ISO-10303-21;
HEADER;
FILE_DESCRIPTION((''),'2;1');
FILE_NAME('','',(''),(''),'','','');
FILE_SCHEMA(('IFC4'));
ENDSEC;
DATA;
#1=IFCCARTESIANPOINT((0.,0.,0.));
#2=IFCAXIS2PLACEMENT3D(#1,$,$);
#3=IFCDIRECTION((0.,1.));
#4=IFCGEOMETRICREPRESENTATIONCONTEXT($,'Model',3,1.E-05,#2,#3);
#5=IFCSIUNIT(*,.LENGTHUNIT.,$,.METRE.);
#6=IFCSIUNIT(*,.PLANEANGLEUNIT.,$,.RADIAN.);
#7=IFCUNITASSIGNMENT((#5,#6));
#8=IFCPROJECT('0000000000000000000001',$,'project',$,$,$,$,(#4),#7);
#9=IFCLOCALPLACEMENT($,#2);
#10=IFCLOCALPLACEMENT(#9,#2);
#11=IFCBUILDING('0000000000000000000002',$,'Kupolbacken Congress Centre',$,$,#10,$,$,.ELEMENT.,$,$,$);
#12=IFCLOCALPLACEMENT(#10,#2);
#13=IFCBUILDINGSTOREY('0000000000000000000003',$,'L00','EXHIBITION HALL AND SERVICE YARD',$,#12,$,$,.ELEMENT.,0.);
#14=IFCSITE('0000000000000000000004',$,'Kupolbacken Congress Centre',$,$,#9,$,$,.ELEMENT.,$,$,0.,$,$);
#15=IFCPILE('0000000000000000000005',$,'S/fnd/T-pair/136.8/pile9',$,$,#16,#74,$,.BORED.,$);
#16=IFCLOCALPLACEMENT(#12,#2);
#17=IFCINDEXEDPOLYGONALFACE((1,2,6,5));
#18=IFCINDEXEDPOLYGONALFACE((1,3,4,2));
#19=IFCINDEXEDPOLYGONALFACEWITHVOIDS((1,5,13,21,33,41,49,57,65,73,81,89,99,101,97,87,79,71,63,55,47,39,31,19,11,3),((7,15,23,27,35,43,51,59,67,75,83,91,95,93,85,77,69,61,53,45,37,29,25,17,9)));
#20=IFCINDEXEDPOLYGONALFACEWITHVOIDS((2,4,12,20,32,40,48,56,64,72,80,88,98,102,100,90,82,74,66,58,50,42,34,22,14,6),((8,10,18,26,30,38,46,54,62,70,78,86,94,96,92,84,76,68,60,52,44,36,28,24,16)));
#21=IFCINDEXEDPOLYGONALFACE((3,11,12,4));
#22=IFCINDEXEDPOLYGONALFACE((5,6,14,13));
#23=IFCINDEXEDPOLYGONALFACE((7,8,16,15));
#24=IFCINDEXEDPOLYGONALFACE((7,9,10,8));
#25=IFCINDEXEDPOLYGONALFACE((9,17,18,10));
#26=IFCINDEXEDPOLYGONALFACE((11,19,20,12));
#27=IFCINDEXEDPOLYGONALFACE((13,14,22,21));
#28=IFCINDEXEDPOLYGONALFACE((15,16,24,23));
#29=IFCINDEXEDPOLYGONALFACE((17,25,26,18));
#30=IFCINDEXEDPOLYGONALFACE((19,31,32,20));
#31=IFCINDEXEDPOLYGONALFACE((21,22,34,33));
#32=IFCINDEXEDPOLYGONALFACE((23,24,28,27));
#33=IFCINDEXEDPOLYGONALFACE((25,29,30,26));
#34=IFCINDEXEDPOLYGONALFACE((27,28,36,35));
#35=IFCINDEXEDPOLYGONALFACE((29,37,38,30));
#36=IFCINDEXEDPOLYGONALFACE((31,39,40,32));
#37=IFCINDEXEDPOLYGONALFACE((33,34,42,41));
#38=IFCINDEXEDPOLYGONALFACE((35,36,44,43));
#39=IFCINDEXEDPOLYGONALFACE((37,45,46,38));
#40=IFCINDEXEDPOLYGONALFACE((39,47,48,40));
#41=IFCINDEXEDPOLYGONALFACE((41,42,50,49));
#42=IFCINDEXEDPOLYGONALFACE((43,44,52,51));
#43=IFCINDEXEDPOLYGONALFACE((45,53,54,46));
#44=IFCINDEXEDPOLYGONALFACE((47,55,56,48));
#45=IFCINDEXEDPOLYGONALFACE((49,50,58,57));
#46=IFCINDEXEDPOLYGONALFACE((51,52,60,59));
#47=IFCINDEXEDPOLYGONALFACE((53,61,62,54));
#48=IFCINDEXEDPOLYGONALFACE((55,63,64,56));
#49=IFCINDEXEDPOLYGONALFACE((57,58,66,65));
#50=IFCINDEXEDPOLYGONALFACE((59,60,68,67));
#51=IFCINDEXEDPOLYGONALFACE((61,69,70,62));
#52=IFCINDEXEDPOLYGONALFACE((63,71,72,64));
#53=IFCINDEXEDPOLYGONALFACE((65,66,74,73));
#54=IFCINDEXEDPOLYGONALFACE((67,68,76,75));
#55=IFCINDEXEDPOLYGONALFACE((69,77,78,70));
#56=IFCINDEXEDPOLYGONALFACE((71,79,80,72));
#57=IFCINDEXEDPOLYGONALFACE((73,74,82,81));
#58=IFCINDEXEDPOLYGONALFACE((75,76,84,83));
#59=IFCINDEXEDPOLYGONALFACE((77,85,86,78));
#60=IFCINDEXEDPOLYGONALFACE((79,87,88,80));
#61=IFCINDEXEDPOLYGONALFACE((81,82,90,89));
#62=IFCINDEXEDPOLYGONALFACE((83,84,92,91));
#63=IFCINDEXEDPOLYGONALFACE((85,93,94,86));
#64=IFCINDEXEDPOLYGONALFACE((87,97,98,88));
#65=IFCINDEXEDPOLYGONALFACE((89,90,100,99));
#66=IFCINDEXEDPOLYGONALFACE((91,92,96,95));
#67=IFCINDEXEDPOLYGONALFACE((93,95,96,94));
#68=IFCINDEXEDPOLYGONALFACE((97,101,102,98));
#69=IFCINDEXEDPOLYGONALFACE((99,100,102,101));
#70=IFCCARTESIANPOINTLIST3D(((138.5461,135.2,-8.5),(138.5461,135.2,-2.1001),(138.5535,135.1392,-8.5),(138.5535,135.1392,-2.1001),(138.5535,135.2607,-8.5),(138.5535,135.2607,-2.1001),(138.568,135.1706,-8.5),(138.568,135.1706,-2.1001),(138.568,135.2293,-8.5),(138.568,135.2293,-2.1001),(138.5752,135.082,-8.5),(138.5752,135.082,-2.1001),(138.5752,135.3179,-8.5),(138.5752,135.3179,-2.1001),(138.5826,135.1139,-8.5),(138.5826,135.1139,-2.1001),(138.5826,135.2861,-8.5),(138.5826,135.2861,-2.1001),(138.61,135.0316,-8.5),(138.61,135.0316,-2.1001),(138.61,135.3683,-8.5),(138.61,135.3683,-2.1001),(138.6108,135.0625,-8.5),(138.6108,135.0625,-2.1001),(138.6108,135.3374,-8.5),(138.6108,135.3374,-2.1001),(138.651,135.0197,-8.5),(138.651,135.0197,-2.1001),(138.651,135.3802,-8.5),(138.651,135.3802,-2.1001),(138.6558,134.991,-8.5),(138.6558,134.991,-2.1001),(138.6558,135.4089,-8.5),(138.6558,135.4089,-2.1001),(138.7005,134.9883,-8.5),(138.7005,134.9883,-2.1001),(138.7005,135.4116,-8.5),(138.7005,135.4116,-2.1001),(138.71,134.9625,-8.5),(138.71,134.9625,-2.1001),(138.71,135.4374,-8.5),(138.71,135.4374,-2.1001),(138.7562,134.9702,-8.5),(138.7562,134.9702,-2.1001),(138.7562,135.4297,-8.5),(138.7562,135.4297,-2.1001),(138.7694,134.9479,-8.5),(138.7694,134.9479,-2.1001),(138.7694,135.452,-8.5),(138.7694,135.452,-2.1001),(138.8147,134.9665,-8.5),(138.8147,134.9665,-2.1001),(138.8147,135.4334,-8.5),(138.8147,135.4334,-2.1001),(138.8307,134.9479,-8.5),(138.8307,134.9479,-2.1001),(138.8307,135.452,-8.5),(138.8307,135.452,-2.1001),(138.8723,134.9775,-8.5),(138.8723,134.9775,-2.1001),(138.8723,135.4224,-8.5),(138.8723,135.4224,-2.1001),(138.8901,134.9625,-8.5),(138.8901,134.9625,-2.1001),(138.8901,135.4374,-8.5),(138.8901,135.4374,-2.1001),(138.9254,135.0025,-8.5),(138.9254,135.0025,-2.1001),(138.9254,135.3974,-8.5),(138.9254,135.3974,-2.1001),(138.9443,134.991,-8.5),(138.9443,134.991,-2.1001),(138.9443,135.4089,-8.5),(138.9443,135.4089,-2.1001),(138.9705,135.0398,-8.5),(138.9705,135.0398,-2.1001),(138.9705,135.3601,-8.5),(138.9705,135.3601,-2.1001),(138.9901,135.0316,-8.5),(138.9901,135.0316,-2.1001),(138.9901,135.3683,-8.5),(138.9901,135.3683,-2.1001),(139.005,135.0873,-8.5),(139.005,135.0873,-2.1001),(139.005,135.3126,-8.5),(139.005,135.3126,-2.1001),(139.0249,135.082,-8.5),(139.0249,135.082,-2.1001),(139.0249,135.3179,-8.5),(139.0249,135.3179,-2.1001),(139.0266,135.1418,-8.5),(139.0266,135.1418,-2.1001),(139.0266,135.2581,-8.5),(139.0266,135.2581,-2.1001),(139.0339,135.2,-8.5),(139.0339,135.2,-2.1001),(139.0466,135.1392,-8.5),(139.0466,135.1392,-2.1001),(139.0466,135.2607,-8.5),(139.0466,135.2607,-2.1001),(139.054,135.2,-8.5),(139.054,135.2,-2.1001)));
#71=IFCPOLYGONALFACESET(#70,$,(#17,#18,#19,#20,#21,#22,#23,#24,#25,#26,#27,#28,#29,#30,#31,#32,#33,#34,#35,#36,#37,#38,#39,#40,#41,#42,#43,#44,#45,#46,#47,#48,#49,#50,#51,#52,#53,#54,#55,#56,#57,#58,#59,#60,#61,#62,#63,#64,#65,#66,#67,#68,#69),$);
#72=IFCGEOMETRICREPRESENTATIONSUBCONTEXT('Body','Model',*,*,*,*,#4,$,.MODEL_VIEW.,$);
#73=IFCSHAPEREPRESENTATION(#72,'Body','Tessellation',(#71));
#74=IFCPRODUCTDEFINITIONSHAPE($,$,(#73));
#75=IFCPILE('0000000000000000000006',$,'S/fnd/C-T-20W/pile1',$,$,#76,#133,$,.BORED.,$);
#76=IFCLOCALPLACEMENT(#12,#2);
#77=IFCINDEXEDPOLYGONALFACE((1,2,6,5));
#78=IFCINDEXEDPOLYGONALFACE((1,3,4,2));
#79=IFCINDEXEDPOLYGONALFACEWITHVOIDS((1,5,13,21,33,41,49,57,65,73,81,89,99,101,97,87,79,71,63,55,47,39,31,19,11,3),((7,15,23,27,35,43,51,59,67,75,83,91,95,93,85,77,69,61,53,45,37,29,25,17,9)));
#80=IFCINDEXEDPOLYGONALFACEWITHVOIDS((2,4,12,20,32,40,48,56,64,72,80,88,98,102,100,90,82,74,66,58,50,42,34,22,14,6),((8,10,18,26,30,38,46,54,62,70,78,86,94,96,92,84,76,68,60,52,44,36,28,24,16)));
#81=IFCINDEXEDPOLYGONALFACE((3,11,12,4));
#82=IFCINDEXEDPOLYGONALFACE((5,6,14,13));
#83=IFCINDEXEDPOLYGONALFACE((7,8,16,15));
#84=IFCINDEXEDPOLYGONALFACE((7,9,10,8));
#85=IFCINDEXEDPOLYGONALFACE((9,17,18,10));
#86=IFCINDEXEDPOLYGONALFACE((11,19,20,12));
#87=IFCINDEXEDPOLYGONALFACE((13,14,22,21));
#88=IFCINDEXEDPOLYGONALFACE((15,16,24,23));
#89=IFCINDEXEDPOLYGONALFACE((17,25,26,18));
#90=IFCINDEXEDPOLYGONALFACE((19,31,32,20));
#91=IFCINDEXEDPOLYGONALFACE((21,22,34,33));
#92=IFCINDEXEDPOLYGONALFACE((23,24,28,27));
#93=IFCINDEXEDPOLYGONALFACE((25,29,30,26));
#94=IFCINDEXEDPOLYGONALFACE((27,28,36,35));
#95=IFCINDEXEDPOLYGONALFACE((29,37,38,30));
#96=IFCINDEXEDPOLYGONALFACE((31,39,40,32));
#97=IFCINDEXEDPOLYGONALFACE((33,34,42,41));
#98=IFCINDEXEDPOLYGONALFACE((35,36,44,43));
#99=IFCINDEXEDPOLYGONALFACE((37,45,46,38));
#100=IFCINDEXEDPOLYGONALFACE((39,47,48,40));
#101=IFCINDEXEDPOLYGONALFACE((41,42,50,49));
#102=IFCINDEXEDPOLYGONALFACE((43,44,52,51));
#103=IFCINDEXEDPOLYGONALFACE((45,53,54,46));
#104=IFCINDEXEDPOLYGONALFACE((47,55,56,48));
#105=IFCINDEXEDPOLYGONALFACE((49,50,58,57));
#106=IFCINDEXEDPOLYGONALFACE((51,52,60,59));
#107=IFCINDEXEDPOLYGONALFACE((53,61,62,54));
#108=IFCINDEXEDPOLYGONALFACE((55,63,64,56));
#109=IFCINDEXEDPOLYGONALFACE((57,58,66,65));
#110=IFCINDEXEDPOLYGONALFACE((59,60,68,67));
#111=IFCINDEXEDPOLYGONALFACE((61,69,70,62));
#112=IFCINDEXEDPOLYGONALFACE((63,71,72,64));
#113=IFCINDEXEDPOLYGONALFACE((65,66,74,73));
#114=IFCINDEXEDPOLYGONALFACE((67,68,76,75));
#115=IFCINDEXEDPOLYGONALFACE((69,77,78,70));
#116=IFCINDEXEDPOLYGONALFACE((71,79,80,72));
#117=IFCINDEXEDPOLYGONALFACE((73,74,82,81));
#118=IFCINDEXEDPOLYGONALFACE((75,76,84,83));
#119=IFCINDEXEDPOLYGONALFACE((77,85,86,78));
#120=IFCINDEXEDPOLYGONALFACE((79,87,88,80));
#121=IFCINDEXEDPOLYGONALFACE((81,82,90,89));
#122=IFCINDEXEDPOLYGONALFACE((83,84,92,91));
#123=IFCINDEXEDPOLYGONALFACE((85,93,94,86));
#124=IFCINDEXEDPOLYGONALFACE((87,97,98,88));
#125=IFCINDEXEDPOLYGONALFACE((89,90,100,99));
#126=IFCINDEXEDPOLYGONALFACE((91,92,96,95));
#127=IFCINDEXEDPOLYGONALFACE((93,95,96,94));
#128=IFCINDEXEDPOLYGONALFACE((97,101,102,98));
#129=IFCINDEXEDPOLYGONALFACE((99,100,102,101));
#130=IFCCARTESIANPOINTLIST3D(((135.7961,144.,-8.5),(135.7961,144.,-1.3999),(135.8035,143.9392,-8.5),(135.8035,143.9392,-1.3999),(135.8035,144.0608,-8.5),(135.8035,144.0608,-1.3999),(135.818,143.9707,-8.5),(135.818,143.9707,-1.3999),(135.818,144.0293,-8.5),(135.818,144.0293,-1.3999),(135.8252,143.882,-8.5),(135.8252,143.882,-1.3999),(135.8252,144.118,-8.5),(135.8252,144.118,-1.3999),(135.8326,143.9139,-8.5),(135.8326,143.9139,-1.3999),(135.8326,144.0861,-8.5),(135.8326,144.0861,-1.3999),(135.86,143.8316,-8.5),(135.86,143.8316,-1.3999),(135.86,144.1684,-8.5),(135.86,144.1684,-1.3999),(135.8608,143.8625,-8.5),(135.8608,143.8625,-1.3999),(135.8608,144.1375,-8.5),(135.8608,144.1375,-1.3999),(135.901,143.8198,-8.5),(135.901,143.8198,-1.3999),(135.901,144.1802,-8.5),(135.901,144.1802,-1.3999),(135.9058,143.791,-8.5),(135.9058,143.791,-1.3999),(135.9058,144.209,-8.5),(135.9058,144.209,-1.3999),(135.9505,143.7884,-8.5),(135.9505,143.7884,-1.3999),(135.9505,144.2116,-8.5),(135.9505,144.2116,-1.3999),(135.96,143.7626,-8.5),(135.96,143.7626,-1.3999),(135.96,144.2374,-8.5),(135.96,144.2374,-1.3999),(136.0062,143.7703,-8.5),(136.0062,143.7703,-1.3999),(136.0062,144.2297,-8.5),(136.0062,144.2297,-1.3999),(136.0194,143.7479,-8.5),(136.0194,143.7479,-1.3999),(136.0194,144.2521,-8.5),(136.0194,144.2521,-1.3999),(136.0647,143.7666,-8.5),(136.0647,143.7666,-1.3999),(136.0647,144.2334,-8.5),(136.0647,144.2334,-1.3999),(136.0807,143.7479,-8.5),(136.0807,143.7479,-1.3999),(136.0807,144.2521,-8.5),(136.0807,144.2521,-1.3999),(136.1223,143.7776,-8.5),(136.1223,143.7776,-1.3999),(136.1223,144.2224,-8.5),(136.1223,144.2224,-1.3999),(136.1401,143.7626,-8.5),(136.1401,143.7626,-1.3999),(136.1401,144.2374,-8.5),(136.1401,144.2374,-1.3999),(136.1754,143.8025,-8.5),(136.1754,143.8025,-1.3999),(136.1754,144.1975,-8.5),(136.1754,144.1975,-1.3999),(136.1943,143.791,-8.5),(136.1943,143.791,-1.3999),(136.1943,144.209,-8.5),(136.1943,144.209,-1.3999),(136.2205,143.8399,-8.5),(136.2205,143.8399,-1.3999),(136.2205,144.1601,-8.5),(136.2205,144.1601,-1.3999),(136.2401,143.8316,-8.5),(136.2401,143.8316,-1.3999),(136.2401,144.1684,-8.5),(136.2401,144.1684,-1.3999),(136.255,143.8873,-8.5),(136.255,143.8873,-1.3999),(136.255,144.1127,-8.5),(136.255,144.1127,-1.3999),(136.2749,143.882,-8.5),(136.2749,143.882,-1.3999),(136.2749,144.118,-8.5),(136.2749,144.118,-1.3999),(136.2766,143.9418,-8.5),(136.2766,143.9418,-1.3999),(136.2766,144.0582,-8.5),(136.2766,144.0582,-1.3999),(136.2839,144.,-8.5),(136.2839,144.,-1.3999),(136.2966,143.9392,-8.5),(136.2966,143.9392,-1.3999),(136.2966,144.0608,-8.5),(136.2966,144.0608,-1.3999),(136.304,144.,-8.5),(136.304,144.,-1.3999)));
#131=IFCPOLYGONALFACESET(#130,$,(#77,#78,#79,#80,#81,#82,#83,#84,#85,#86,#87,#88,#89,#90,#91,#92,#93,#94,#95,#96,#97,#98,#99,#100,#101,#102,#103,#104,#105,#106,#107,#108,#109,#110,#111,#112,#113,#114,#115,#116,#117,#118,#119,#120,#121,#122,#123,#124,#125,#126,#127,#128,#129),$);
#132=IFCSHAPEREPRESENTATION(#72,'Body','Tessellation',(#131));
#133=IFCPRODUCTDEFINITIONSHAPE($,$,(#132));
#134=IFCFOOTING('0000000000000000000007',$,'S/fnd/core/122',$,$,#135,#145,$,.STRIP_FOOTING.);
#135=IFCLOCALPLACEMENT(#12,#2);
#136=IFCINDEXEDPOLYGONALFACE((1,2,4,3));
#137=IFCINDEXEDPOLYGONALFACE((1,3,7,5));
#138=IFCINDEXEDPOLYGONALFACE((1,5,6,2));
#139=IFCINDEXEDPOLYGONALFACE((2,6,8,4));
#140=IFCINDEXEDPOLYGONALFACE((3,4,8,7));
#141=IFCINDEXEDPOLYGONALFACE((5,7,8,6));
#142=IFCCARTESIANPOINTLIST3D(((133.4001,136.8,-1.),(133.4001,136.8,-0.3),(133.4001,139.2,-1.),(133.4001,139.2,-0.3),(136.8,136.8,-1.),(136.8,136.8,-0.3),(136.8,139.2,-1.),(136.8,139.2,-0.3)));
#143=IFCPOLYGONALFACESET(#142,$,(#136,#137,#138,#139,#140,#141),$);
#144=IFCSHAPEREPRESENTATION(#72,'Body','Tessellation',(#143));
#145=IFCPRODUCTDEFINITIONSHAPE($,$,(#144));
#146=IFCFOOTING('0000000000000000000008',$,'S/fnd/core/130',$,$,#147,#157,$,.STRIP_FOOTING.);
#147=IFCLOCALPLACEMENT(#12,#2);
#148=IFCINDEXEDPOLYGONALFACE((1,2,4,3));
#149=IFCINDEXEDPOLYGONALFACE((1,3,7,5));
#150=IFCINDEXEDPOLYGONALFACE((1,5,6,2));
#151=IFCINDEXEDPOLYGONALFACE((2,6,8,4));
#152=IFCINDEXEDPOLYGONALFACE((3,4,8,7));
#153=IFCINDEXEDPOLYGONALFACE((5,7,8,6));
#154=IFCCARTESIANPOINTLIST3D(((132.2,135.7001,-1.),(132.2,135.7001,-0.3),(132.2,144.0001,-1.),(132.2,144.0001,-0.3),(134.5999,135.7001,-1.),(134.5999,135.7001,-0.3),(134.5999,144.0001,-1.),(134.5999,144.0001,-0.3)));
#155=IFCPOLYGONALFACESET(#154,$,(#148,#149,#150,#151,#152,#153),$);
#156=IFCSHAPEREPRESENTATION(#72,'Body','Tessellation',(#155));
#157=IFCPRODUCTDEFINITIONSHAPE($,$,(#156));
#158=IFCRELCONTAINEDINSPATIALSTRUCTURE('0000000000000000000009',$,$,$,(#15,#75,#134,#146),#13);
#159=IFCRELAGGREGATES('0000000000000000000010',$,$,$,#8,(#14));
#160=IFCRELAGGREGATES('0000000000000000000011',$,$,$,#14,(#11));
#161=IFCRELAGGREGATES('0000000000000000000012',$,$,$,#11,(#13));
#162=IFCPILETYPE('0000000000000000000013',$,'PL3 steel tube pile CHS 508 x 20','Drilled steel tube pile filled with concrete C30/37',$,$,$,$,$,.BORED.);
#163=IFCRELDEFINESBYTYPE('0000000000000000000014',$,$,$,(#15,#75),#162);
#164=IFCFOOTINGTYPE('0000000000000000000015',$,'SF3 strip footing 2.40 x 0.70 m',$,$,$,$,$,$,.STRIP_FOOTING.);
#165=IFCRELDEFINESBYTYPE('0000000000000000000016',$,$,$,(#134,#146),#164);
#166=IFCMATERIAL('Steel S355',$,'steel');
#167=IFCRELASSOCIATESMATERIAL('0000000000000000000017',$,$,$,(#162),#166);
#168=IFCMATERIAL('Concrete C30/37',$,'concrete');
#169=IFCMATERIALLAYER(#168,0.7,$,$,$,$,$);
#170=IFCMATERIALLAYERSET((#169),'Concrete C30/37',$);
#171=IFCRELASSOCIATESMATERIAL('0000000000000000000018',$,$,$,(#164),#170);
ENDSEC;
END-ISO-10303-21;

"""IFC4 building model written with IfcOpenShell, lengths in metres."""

from ifc_helpers import new_model, si_unit, direction, frame, origin, origin_2d, place, context, subcontext, project, spatial, rectangle, hollow_circle, extrude, material, layer, layer_set, material_profile, profile_set, type_object, element, save


model = new_model("IFC4")

# Units and contexts
model_context = context("Model", 3, precision=1e-05, world=origin(), true_north=direction((0.0, 1.0)))
body_context = subcontext(model_context, "Body", "Model", "MODEL_VIEW")
ifc_project = project(units=[si_unit("LENGTHUNIT", "METRE"), si_unit("PLANEANGLEUNIT", "RADIAN")], contexts=[model_context])

# Site, building, storey
site_placement = place(None, origin())
site = spatial("IfcSite", under=ifc_project, at=site_placement, Name="Kupolbacken Congress Centre", CompositionType="ELEMENT", RefElevation=0.0)
building_placement = place(site_placement, origin())
building = spatial("IfcBuilding", under=site, at=building_placement, Name="Kupolbacken Congress Centre", CompositionType="ELEMENT")
storey_placement = place(building_placement, origin())
storey = spatial("IfcBuildingStorey", under=building, at=storey_placement, Name="L00", Description="EXHIBITION HALL AND SERVICE YARD", CompositionType="ELEMENT", Elevation=0.0)

# Piles
ifc_material_1 = material(Name="Steel S355", Category="steel")
ifc_material_profile_1 = material_profile(ifc_material_1, hollow_circle(Radius=0.2539, WallThickness=0.02, at=origin_2d()), Name="CHS 508 x 20")
ifc_profile_set_1 = profile_set([ifc_material_profile_1], Name="Steel S355")
pile_type = type_object("IfcPileType", Name="PL3 steel tube pile CHS 508 x 20", Description="Drilled steel tube pile filled with concrete C30/37", PredefinedType="BORED", material=ifc_profile_set_1)
for number, where, z_axis, x_axis, name in (
    (1, (138.8, 135.2, -2.1001), (0.0, 0.0, -1.0), (1.0, 0.0, 0.0), "S/fnd/T-pair/136.8/pile9"),
):
    element("IfcPile", number, at=place(storey_placement, frame(where, z_axis=z_axis, x_axis=x_axis)), inside=storey, type_object=pile_type, Name=name, PredefinedType="BORED", context=body_context, shape_type="SweptSolid", body=[
        extrude(hollow_circle(Radius=0.2539, WallThickness=0.02, at=origin_2d()), origin(), (0.0, 0.0, 1.0), 6.3999),
    ])
pile_placement = place(storey_placement, frame((136.05, 144.0, -1.3999), z_axis=(0.0, 0.0, -1.0), x_axis=(1.0, 0.0, 0.0)))
element("IfcPile", 2, at=pile_placement, inside=storey, type_object=pile_type, Name="S/fnd/C-T-20W/pile1", PredefinedType="BORED", context=body_context, shape_type="SweptSolid", body=[
    extrude(hollow_circle(Radius=0.2539, WallThickness=0.02, at=origin_2d()), origin(), (0.0, 0.0, 1.0), 7.1001),
])

# Footings
ifc_material_2 = material(Name="Concrete C30/37", Category="concrete")
ifc_layer_1 = layer(ifc_material_2, 0.7)
ifc_layer_set_1 = layer_set([ifc_layer_1], Name="Concrete C30/37")
footing_type_1 = type_object("IfcFootingType", Name="SF3 strip footing 2.40 x 0.70 m", PredefinedType="STRIP_FOOTING", material=ifc_layer_set_1)
footing_1_placement = place(storey_placement, frame((135.1001, 138.0, -1.0), z_axis=(0.0, 0.0, 1.0), x_axis=(1.0, 0.0, 0.0)))
element("IfcFooting", 3, at=footing_1_placement, inside=storey, type_object=footing_type_1, Name="S/fnd/core/122", PredefinedType="STRIP_FOOTING", context=body_context, shape_type="SweptSolid", body=[
    extrude(rectangle(XDim=3.3999, YDim=2.3999, at=origin_2d()), origin(), (0.0, 0.0, 1.0), 0.7),
])
footing_2_placement = place(storey_placement, frame((133.3999, 139.8501, -1.0), z_axis=(0.0, 0.0, 1.0), x_axis=(0.0, 1.0, 0.0)))
element("IfcFooting", 4, at=footing_2_placement, inside=storey, type_object=footing_type_1, Name="S/fnd/core/130", PredefinedType="STRIP_FOOTING", context=body_context, shape_type="SweptSolid", body=[
    extrude(rectangle(XDim=8.3, YDim=2.3999, at=origin_2d()), origin(), (0.0, 0.0, 1.0), 0.7),
])

save(model, "model.ifc")
